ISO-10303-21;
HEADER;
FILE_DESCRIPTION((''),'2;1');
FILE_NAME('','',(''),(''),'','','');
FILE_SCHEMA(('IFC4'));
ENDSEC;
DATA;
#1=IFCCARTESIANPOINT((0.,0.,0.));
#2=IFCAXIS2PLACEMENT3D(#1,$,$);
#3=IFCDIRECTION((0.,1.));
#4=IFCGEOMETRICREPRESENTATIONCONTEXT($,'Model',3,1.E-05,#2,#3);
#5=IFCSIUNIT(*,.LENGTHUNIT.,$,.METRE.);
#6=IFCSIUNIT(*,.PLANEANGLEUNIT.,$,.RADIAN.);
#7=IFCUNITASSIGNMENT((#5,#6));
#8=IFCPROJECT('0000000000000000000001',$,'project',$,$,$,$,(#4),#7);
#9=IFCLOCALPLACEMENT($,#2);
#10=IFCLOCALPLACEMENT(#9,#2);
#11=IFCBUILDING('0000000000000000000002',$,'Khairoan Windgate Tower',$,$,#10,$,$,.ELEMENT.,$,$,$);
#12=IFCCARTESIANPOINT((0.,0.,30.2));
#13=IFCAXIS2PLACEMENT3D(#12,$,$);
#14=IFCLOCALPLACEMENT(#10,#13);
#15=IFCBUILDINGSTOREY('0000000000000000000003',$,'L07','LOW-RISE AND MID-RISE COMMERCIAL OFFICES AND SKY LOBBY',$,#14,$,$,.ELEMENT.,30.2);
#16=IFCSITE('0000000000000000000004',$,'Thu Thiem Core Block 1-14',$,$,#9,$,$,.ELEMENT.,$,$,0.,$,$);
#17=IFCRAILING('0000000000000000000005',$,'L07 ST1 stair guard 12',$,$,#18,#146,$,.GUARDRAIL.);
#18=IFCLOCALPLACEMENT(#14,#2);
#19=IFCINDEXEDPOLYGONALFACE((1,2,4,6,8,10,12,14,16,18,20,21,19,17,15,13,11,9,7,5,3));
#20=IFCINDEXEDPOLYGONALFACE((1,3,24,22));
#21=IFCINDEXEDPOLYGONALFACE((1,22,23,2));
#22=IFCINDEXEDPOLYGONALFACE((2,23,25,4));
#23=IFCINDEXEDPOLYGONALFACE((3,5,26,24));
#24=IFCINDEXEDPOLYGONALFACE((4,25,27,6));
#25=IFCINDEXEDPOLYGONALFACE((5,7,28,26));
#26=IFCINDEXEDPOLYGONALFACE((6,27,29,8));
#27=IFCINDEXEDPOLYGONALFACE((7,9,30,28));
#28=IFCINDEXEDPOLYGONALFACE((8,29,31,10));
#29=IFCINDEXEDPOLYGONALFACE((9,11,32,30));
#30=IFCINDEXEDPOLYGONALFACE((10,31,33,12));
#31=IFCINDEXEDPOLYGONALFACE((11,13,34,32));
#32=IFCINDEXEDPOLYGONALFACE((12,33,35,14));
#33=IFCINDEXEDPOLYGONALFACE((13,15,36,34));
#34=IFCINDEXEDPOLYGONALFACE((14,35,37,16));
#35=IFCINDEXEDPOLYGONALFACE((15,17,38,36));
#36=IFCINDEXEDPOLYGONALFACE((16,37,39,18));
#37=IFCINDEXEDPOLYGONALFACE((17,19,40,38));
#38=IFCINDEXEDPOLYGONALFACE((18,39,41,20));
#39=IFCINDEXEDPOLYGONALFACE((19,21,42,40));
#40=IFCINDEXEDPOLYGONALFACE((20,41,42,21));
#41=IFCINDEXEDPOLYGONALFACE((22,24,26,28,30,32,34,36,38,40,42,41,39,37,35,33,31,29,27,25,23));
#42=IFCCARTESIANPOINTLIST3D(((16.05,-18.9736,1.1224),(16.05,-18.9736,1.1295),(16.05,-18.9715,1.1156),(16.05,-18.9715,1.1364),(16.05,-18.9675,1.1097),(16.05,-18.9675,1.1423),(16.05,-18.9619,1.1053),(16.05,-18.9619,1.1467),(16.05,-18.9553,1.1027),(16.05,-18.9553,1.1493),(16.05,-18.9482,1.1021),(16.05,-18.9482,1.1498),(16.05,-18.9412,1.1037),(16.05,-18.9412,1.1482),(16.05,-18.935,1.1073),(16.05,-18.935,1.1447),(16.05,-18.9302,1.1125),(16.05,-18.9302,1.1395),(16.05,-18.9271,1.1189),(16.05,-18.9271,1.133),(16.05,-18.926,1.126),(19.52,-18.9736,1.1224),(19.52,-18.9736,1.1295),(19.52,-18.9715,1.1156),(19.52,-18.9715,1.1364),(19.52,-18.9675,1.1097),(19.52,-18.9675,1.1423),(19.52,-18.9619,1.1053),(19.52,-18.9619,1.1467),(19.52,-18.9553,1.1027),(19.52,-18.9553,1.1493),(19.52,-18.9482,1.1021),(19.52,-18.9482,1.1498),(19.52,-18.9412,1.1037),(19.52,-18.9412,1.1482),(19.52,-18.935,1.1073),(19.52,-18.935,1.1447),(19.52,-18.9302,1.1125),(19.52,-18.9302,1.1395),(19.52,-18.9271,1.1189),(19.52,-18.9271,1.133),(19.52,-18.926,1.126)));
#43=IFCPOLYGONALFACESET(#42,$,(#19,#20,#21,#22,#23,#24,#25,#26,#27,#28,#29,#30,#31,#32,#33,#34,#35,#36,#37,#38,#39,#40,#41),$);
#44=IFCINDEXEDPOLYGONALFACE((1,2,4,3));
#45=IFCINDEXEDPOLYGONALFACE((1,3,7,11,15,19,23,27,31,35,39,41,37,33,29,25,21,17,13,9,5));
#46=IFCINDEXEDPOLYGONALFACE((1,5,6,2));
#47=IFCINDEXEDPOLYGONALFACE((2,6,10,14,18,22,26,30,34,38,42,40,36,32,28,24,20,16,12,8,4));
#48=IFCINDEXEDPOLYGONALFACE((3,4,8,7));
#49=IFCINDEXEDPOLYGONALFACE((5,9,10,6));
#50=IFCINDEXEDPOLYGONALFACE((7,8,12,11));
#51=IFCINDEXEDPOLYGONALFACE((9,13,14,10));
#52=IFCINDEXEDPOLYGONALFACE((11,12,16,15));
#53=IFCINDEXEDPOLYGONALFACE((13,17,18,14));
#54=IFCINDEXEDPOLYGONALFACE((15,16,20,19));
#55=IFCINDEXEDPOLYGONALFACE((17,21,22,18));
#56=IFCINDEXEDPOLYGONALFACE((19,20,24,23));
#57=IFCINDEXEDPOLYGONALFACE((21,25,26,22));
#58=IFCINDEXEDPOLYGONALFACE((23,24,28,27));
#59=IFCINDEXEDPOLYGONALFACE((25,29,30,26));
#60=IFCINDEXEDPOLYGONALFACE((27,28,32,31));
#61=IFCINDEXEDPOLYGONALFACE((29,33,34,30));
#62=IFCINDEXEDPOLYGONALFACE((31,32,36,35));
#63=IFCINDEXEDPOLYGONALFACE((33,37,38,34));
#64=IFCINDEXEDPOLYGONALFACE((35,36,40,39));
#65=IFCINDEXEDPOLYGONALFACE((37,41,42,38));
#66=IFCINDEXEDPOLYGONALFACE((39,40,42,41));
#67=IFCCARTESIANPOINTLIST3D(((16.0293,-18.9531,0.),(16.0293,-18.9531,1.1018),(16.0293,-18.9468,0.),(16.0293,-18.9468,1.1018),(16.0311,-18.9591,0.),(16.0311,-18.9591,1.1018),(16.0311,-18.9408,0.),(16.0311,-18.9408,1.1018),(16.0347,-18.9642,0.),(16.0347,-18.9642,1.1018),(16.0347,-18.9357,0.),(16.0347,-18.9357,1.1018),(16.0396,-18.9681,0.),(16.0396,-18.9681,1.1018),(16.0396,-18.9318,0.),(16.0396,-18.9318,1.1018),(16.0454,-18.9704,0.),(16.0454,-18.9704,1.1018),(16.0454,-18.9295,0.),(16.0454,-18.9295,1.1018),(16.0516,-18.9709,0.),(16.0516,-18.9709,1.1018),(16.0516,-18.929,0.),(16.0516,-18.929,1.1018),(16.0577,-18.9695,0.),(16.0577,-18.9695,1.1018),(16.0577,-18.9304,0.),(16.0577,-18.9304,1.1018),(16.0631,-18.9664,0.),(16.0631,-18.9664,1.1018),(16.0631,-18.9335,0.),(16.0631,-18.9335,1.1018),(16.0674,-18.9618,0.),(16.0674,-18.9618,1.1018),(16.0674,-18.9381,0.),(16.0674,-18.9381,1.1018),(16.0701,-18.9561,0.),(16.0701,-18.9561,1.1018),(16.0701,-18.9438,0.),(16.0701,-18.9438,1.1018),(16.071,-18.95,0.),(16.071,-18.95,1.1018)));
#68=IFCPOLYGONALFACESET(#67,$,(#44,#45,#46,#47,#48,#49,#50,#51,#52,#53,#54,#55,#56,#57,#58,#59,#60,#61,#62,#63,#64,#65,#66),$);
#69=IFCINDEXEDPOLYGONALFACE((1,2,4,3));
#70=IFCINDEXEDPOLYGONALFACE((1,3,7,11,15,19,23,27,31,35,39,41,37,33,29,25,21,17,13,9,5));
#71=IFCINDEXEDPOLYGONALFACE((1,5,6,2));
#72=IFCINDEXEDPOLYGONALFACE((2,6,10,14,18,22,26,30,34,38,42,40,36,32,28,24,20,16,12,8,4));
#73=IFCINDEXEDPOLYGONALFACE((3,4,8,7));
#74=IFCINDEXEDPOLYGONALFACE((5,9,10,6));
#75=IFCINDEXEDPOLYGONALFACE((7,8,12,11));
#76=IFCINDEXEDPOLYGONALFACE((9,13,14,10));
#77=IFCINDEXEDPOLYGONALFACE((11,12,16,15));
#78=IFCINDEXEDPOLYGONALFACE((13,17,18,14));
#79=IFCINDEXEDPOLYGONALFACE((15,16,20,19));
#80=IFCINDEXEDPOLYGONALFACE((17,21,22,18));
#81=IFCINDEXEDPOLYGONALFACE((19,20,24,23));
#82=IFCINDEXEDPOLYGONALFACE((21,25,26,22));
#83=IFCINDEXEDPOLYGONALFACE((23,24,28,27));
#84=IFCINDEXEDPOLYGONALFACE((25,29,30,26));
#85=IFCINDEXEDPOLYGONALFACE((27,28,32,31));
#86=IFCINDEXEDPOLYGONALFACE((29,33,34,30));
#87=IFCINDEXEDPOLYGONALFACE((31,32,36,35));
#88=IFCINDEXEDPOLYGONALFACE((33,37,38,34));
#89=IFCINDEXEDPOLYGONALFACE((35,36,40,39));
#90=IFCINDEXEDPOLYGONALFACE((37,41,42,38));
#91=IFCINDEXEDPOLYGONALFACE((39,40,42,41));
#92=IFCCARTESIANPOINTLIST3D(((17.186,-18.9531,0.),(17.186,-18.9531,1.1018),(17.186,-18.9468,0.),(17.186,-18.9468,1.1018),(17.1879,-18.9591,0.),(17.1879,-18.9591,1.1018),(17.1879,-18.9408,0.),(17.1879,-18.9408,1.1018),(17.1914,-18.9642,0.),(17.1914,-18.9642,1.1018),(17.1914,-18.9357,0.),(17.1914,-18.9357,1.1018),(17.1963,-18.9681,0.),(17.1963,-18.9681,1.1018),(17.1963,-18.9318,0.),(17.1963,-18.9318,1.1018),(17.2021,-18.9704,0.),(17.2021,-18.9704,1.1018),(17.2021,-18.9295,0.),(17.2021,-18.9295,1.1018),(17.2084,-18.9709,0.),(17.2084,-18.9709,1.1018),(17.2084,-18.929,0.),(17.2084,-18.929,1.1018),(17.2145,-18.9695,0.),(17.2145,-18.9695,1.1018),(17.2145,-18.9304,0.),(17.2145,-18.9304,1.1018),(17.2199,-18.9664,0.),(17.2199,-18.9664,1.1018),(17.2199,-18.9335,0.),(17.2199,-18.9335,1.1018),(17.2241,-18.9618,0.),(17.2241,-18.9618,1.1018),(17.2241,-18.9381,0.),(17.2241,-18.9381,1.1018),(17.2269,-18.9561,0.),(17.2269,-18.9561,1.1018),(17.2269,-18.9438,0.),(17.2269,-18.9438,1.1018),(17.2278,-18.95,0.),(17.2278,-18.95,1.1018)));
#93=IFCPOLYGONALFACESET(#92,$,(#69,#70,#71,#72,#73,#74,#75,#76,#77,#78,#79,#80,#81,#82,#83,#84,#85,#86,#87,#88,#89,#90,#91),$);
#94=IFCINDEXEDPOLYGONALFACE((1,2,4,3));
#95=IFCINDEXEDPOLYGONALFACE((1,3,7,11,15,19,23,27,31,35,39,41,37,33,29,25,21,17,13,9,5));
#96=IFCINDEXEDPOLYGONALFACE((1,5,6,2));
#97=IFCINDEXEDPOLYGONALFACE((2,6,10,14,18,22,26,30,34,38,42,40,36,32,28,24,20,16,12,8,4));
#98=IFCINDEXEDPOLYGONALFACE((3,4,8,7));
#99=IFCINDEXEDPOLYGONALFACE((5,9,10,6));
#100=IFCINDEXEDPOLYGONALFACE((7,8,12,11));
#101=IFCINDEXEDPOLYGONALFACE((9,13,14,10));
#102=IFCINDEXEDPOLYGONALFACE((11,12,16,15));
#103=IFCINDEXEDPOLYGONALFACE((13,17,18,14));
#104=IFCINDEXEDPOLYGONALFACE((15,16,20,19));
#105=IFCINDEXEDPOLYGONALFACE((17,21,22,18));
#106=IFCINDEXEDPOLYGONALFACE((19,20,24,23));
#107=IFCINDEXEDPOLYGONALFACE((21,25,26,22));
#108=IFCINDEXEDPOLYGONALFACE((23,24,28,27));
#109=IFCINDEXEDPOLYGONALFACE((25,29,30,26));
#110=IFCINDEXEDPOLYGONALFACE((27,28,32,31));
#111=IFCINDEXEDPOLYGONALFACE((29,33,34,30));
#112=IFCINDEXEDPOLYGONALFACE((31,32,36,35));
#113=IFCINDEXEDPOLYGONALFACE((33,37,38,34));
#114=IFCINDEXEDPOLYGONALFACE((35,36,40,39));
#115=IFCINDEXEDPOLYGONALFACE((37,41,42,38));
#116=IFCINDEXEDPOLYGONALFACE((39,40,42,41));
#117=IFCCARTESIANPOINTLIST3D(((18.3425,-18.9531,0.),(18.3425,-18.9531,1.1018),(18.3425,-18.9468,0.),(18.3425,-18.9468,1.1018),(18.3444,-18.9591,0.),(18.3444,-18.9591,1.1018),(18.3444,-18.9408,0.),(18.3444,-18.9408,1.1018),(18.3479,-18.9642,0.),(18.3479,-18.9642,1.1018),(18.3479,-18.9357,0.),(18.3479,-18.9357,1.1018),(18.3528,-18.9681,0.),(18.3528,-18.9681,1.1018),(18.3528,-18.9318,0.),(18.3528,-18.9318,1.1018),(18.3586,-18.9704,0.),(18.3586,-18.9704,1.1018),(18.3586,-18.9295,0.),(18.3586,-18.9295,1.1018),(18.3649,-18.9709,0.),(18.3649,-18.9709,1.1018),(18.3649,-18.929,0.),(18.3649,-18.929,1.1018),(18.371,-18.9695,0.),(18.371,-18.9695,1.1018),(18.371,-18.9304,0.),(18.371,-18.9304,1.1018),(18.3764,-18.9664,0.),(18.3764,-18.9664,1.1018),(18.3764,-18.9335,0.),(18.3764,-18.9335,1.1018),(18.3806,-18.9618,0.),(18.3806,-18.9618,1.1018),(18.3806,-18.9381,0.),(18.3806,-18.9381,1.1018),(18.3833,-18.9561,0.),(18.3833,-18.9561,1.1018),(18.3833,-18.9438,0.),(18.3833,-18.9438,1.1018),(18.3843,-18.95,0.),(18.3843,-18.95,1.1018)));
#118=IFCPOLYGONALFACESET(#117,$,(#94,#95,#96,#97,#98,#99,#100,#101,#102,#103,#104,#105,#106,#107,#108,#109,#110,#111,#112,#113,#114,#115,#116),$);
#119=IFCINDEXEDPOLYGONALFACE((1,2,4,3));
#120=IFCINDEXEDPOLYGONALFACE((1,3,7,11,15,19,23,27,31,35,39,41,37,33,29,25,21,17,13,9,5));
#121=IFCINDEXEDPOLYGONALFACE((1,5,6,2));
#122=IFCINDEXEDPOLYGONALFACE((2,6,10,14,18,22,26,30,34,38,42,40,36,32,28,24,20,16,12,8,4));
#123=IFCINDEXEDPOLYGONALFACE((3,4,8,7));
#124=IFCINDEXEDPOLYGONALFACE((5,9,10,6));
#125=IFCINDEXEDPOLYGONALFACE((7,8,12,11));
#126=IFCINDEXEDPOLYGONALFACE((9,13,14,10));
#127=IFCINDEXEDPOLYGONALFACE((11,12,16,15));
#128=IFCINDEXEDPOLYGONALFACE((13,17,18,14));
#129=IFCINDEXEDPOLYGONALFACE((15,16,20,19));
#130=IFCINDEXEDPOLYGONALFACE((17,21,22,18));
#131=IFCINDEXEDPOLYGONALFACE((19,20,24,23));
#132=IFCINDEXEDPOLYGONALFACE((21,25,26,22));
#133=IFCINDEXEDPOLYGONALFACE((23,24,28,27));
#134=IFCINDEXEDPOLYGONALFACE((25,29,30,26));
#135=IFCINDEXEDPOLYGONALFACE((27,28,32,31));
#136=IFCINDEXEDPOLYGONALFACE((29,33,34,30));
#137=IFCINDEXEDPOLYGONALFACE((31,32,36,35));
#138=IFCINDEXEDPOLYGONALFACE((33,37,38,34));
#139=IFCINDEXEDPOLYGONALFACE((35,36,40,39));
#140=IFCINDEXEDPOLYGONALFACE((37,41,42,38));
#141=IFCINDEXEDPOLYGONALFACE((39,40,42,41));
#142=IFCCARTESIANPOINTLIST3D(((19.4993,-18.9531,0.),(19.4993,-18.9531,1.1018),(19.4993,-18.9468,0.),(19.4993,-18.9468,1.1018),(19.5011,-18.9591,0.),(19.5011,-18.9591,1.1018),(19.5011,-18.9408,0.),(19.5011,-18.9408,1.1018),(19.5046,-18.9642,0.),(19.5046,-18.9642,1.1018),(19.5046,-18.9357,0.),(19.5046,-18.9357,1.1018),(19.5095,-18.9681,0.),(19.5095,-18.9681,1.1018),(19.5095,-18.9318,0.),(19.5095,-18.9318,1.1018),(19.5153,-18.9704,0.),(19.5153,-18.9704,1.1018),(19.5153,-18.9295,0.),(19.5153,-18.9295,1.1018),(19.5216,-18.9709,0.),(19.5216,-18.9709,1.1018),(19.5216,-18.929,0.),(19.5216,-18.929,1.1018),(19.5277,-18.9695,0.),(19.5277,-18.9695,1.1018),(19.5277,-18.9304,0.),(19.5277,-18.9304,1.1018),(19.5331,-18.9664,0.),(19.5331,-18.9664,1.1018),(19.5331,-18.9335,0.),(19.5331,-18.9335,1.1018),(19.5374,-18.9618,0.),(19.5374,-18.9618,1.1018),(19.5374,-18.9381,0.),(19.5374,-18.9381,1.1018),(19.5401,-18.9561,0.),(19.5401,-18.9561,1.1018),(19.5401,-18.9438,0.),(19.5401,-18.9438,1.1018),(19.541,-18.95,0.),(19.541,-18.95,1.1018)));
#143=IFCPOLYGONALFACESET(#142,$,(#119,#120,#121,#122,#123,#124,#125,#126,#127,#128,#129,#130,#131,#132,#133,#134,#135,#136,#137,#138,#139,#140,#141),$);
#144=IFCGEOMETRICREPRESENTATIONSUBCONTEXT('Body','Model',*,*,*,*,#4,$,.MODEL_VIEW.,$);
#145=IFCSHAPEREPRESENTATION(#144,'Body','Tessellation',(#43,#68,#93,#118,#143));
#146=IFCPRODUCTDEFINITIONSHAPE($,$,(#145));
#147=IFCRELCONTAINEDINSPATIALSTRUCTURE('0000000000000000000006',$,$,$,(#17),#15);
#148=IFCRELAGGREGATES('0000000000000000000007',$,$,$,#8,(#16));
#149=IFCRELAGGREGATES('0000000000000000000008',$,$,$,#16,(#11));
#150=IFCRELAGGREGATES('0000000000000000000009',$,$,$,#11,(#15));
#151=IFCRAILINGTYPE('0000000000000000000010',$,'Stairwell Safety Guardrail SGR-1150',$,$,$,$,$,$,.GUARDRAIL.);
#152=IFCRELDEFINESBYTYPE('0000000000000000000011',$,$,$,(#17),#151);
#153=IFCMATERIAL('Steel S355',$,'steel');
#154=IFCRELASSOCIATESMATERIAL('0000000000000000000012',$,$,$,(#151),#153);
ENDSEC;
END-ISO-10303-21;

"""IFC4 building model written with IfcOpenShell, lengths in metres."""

from ifc_helpers import new_model, si_unit, direction, frame, origin, origin_2d, place, context, subcontext, project, spatial, circle, extrude, material, type_object, element, save


model = new_model("IFC4")

# Units and contexts
model_context = context("Model", 3, precision=1e-05, world=origin(), true_north=direction((0.0, 1.0)))
body_context = subcontext(model_context, "Body", "Model", "MODEL_VIEW")
ifc_project = project(units=[si_unit("LENGTHUNIT", "METRE"), si_unit("PLANEANGLEUNIT", "RADIAN")], contexts=[model_context])

# Site, building, storey
site_placement = place(None, origin())
site = spatial("IfcSite", under=ifc_project, at=site_placement, Name="Thu Thiem Core Block 1-14", CompositionType="ELEMENT", RefElevation=0.0)
building_placement = place(site_placement, origin())
building = spatial("IfcBuilding", under=site, at=building_placement, Name="Khairoan Windgate Tower", CompositionType="ELEMENT")
storey_placement = place(building_placement, frame((0.0, 0.0, 30.2)))
storey = spatial("IfcBuildingStorey", under=building, at=storey_placement, Name="L07", Description="LOW-RISE AND MID-RISE COMMERCIAL OFFICES AND SKY LOBBY", CompositionType="ELEMENT", Elevation=30.2)

# Railing
ifc_material_1 = material(Name="Steel S355", Category="steel")
railing_type = type_object("IfcRailingType", Name="Stairwell Safety Guardrail SGR-1150", PredefinedType="GUARDRAIL", material=ifc_material_1)
railing_1_placement = place(storey_placement, frame((16.05, -18.95, 0.0)))
element("IfcRailing", 1, at=railing_1_placement, inside=storey, type_object=railing_type, Name="L07 ST1 stair guard 12", PredefinedType="GUARDRAIL", context=body_context, shape_type="SweptSolid", body=[
    extrude(circle(Radius=0.0239, at=origin_2d()), frame((0.0, 0.0, 1.126), z_axis=(1.0, 0.0, 0.0), x_axis=(0.0, 1.0, 0.0)), (0.0, 0.0, 1.0), 3.47),
    extrude(circle(Radius=0.021, at=origin_2d()), origin(), (0.0, 0.0, 1.0), 1.1018),
    extrude(circle(Radius=0.021, at=origin_2d()), frame((1.1567, 0.0, 0.0)), (0.0, 0.0, 1.0), 1.1018),
    extrude(circle(Radius=0.021, at=origin_2d()), frame((2.3132, 0.0, 0.0)), (0.0, 0.0, 1.0), 1.1018),
    extrude(circle(Radius=0.021, at=origin_2d()), frame((3.47, 0.0, 0.0)), (0.0, 0.0, 1.0), 1.1018),
])

save(model, "model.ifc")
